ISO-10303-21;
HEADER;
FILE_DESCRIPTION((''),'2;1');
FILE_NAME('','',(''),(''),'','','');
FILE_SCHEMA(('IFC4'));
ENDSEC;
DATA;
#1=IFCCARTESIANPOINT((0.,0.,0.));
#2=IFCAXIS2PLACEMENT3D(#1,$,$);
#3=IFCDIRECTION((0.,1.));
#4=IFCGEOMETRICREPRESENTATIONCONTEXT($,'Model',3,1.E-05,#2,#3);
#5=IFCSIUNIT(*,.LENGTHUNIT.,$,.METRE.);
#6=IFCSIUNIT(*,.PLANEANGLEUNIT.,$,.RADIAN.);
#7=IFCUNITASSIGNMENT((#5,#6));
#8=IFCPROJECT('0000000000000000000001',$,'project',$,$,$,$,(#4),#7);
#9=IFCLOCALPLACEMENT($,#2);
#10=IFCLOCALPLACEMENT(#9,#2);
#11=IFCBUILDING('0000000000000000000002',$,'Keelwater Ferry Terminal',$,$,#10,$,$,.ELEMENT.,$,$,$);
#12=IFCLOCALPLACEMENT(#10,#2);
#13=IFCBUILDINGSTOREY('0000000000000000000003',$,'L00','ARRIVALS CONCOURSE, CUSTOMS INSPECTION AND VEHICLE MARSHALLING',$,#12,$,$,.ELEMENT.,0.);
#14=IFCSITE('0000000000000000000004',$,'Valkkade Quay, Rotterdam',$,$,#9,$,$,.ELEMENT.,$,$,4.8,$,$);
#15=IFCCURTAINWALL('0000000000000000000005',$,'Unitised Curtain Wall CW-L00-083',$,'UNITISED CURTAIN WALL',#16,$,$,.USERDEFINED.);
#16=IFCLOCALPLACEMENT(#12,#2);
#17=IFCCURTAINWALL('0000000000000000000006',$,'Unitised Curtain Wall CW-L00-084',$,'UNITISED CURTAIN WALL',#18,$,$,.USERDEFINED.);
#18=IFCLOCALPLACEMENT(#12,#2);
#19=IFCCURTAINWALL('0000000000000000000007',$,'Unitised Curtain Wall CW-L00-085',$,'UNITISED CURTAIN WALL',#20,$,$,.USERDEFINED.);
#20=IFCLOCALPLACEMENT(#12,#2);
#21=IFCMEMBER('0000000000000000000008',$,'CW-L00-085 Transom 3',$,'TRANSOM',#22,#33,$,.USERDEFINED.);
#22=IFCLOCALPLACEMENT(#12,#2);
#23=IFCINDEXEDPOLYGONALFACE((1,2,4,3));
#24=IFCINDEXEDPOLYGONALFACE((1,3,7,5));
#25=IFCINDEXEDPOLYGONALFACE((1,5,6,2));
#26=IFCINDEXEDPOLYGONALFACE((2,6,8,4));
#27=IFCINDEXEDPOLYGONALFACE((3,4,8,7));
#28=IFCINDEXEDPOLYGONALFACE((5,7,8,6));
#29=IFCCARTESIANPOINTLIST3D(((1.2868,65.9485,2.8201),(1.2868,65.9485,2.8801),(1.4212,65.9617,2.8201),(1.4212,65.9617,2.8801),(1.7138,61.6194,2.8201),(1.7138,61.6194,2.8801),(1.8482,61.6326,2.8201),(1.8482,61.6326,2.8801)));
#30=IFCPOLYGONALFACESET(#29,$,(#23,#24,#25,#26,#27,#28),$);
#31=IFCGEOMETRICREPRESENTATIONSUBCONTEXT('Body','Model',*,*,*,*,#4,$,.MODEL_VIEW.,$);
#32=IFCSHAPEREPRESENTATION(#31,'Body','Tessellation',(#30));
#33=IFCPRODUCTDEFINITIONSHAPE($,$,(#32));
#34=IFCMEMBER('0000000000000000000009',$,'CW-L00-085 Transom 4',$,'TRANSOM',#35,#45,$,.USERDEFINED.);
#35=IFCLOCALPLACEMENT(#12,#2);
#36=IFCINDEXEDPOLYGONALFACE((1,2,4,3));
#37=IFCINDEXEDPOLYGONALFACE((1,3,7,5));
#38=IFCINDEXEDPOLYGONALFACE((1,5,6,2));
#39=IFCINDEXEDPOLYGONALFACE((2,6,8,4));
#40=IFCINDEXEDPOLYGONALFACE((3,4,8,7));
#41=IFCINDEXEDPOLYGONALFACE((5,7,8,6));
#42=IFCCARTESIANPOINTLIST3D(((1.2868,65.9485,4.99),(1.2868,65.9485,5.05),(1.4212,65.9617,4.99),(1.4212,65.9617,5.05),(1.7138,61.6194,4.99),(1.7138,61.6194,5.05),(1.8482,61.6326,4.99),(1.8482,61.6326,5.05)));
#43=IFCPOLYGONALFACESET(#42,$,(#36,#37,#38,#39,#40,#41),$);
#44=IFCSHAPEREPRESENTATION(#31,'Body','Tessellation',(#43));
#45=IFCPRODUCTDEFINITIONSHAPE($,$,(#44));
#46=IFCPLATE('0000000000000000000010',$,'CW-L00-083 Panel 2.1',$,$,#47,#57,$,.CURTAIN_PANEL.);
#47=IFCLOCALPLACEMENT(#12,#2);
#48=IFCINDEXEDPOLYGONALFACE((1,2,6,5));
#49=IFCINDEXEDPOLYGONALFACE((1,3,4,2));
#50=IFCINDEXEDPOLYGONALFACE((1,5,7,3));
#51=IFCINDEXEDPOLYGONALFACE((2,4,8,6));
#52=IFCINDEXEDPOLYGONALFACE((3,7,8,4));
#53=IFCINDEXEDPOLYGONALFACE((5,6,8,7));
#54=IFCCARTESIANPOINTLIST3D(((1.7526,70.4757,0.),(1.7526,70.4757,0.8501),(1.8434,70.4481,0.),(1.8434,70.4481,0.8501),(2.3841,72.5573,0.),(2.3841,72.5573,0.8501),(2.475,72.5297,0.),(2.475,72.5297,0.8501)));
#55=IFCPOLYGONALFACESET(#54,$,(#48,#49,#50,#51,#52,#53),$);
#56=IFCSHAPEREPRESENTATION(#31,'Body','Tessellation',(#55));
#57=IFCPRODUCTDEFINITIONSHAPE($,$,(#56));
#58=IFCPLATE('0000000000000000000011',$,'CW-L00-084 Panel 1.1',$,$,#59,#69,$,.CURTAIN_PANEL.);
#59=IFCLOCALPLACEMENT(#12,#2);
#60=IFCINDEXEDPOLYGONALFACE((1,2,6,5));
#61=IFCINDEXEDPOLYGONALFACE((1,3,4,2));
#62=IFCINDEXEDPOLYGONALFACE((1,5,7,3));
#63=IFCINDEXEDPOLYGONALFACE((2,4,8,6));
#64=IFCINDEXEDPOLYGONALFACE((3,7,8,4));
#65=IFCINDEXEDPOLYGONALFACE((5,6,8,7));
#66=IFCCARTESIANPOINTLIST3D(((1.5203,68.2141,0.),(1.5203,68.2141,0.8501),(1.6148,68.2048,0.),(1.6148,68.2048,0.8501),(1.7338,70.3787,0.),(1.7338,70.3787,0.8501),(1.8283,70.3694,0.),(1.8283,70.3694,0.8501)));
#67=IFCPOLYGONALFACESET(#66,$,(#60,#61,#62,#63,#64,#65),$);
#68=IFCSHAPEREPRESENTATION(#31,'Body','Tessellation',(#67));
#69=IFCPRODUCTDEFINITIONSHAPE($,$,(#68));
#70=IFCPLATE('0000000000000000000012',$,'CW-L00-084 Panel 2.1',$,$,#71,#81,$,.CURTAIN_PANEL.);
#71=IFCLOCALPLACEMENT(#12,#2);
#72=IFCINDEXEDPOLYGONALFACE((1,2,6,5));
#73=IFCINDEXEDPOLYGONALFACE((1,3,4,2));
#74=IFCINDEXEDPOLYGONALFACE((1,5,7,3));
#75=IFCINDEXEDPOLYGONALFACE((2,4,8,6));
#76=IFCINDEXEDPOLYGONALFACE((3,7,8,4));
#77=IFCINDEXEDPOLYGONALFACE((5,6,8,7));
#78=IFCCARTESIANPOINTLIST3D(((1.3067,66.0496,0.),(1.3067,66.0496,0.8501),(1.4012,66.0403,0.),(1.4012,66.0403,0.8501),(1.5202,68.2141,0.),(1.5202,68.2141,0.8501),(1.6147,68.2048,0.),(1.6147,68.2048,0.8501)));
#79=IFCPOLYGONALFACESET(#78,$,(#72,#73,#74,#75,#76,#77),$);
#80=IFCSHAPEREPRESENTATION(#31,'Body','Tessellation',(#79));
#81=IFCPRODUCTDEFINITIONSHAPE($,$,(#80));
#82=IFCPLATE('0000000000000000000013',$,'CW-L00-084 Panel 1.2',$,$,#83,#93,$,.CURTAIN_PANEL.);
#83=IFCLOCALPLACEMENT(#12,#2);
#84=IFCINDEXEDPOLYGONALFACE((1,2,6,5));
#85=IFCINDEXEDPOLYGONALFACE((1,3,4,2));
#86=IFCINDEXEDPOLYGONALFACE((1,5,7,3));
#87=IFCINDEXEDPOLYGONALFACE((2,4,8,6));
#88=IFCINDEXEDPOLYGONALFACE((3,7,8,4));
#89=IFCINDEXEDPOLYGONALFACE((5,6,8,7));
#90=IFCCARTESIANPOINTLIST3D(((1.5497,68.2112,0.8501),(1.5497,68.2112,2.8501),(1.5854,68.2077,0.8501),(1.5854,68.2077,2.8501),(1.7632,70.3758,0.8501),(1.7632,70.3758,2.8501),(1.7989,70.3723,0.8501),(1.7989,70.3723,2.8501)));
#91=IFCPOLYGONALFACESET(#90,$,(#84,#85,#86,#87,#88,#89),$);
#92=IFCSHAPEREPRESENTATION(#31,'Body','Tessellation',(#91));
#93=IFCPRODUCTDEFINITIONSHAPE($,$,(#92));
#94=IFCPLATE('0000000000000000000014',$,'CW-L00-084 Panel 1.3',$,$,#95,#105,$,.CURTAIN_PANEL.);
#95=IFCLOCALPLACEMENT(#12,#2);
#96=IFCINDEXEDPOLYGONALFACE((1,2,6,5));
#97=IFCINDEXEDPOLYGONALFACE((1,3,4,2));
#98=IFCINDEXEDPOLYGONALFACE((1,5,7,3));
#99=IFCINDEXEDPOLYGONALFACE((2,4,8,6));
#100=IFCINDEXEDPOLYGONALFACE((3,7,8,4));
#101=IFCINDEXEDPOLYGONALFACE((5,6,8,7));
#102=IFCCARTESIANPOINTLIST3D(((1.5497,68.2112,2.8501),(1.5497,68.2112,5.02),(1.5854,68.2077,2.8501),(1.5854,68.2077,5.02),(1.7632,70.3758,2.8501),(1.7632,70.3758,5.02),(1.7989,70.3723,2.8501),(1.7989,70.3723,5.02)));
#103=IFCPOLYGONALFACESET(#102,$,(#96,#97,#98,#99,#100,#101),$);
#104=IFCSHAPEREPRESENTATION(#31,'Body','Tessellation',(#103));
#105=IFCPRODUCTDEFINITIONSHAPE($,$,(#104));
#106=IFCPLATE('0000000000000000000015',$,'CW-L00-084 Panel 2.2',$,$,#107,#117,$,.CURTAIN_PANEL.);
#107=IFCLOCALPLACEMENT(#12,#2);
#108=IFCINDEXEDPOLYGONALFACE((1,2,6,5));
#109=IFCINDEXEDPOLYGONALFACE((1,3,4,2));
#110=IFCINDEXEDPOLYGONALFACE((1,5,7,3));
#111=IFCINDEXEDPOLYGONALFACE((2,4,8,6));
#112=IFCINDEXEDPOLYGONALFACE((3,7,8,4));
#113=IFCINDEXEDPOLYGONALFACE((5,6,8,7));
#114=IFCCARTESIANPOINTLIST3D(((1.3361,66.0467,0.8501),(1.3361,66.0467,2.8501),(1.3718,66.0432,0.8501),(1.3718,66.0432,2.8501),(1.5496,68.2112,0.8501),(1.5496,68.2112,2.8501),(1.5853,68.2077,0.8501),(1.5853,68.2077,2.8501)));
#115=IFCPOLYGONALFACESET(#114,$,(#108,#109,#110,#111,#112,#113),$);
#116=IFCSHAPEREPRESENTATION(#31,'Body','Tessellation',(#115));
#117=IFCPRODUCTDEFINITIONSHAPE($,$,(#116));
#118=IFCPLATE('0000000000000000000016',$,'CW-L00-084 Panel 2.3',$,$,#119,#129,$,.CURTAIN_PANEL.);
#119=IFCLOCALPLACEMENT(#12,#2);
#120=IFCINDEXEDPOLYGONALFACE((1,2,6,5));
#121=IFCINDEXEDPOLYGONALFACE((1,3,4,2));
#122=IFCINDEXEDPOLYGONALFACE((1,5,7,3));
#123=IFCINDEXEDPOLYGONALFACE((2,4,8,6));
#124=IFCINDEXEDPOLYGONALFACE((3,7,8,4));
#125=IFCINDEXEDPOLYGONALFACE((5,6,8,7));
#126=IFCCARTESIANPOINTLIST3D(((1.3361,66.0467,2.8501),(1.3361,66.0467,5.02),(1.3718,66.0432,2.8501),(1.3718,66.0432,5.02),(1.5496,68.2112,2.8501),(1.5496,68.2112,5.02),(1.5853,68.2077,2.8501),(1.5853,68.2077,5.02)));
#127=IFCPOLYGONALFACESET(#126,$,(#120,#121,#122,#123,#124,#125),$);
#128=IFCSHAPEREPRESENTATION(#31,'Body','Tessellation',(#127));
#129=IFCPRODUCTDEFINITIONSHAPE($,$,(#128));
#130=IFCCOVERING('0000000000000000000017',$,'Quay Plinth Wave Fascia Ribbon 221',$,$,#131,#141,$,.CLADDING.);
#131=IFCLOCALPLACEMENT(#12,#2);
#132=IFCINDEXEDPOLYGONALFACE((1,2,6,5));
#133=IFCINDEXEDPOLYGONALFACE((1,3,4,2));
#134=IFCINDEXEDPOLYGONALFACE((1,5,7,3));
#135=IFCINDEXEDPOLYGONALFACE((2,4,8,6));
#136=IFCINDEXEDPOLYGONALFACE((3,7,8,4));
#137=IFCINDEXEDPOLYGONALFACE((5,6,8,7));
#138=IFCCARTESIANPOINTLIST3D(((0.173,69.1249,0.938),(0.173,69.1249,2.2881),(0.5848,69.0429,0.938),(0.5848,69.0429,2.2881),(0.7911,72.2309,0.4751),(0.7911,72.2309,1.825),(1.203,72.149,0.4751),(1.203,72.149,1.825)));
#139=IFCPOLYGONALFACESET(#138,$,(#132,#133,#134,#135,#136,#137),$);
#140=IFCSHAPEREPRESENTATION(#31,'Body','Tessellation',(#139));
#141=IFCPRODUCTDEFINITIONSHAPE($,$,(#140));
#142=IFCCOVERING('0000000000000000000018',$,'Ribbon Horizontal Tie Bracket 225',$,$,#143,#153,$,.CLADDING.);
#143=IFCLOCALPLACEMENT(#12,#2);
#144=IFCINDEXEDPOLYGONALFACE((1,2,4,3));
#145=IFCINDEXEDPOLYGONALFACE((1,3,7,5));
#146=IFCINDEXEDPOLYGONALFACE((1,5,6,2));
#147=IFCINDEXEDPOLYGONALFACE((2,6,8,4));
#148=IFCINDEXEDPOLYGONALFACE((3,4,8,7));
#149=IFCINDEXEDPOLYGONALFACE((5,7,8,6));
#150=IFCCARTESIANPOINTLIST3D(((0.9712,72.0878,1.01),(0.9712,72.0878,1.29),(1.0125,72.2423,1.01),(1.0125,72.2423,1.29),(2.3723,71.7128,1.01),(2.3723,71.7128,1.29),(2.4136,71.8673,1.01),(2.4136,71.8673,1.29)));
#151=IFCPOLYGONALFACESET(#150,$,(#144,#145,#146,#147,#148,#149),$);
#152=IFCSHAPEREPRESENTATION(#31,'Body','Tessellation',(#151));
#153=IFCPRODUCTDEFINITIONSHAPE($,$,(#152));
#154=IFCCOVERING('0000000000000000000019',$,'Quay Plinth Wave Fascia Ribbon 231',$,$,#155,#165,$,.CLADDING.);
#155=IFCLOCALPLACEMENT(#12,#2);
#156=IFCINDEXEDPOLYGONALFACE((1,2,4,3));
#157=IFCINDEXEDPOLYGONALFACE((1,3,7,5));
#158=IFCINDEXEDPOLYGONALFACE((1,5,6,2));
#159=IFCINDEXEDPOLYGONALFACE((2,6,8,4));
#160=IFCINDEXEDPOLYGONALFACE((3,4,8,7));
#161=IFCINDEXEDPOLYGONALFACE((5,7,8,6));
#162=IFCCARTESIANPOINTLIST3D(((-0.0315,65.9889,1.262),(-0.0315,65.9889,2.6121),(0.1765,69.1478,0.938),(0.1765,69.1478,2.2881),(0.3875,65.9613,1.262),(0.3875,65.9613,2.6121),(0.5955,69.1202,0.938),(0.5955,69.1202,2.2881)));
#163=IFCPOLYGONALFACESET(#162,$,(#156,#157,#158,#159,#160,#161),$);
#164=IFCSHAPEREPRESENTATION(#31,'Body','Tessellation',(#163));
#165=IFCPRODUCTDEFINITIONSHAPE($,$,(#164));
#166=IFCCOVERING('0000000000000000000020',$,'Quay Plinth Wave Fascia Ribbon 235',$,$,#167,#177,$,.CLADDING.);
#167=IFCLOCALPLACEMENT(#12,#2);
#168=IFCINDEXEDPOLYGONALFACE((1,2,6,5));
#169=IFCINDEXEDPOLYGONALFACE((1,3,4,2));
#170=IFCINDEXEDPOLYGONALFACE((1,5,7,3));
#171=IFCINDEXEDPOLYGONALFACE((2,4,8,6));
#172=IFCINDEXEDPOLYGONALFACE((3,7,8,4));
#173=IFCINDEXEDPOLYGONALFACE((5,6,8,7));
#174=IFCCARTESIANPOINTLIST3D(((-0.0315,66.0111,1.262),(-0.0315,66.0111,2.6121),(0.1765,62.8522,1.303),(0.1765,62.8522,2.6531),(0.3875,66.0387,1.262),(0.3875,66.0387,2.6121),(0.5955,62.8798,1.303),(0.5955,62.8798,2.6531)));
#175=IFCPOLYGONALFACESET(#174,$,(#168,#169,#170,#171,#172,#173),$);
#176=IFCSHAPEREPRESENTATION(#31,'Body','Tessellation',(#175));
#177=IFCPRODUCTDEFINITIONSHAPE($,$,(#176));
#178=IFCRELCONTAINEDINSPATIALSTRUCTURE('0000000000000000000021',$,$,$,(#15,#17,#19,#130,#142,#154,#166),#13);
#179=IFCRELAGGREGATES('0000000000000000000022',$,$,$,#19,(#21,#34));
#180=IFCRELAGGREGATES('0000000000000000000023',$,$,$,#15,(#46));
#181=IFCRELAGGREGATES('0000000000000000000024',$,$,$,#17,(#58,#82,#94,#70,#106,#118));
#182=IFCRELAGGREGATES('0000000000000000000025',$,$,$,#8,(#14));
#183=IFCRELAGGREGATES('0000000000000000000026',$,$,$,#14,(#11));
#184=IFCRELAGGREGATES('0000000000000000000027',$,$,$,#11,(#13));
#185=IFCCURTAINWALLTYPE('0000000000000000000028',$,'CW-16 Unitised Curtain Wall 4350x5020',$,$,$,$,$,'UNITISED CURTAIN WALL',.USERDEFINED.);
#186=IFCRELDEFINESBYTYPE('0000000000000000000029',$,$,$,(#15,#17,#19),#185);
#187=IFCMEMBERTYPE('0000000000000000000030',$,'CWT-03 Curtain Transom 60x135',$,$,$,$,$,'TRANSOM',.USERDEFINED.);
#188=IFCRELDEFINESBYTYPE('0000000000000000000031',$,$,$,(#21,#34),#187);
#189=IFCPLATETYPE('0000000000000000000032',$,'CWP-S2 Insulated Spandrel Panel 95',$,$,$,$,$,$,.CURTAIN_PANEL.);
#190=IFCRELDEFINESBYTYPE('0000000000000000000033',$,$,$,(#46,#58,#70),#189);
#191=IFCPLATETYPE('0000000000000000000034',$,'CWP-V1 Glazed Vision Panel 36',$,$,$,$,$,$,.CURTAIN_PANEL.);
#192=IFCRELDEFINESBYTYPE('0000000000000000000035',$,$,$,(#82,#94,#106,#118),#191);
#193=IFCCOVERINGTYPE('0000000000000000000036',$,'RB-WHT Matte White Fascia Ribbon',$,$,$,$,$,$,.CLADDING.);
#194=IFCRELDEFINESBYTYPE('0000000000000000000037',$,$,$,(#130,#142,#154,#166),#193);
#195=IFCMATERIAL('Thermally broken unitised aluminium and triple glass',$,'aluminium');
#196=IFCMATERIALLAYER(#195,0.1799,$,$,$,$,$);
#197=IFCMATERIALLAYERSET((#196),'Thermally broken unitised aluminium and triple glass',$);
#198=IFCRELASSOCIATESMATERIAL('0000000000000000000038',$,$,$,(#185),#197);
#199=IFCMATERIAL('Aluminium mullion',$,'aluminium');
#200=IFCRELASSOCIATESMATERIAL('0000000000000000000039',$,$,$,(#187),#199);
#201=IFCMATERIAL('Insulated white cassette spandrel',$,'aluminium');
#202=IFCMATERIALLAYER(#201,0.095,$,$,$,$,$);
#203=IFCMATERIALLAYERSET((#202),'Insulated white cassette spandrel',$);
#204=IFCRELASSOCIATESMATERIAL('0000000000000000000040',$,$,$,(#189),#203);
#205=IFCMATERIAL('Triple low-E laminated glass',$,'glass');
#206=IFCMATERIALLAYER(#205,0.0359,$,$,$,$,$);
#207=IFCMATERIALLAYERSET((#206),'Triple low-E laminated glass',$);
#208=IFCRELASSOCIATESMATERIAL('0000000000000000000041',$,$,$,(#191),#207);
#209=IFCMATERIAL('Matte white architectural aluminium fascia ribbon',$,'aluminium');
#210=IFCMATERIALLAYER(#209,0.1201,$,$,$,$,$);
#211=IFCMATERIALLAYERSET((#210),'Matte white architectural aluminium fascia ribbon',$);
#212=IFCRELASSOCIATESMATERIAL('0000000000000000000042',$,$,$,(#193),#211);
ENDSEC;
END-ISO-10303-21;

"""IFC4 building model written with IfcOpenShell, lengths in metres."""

from ifc_helpers import new_model, si_unit, direction, frame, frame_2d, origin, origin_2d, place, context, subcontext, project, spatial, polyline, rectangle, outline, extrude, material, layer, layer_set, material_profile, profile_set, type_object, element, aggregate, save


model = new_model("IFC4")

# Units and contexts
model_context = context("Model", 3, precision=1e-05, world=origin(), true_north=direction((0.0, 1.0)))
body_context = subcontext(model_context, "Body", "Model", "MODEL_VIEW")
ifc_project = project(units=[si_unit("LENGTHUNIT", "METRE"), si_unit("PLANEANGLEUNIT", "RADIAN")], contexts=[model_context])

# Site, building, storey
site_placement = place(None, origin())
site = spatial("IfcSite", under=ifc_project, at=site_placement, Name="Valkkade Quay, Rotterdam", CompositionType="ELEMENT", RefElevation=4.8)
building_placement = place(site_placement, origin())
building = spatial("IfcBuilding", under=site, at=building_placement, Name="Keelwater Ferry Terminal", CompositionType="ELEMENT")
storey_placement = place(building_placement, origin())
storey = spatial("IfcBuildingStorey", under=building, at=storey_placement, Name="L00", Description="ARRIVALS CONCOURSE, CUSTOMS INSPECTION AND VEHICLE MARSHALLING", CompositionType="ELEMENT", Elevation=0.0)

# Curtain wall
ifc_material_1 = material(Name="Thermally broken unitised aluminium and triple glass", Category="aluminium")
ifc_layer_1 = layer(ifc_material_1, 0.1799)
ifc_layer_set_1 = layer_set([ifc_layer_1], Name="Thermally broken unitised aluminium and triple glass")
curtain_wall_type = type_object("IfcCurtainWallType", Name="CW-16 Unitised Curtain Wall 4350x5020", ElementType="UNITISED CURTAIN WALL", PredefinedType="USERDEFINED", material=ifc_layer_set_1)
curtain_wall_1_placement = place(storey_placement, origin())
curtain_wall_1 = element("IfcCurtainWall", 1, at=curtain_wall_1_placement, inside=storey, type_object=curtain_wall_type, Name="Unitised Curtain Wall CW-L00-083", ObjectType="UNITISED CURTAIN WALL", PredefinedType="USERDEFINED")

# Curtain wall
curtain_wall_2_placement = place(storey_placement, origin())
curtain_wall_2 = element("IfcCurtainWall", 2, at=curtain_wall_2_placement, inside=storey, type_object=curtain_wall_type, Name="Unitised Curtain Wall CW-L00-084", ObjectType="UNITISED CURTAIN WALL", PredefinedType="USERDEFINED")

# Curtain wall
curtain_wall_3_placement = place(storey_placement, origin())
curtain_wall_3 = element("IfcCurtainWall", 3, at=curtain_wall_3_placement, inside=storey, type_object=curtain_wall_type, Name="Unitised Curtain Wall CW-L00-085", ObjectType="UNITISED CURTAIN WALL", PredefinedType="USERDEFINED")

# Members
ifc_material_2 = material(Name="Aluminium mullion", Category="aluminium")
ifc_material_profile_1 = material_profile(ifc_material_2, rectangle(XDim=0.135, YDim=0.0601, at=origin_2d()), Name="CWT-03")
ifc_profile_set_1 = profile_set([ifc_material_profile_1], Name="Aluminium mullion")
member_type_1 = type_object("IfcMemberType", Name="CWT-03 Curtain Transom 60x135", ElementType="TRANSOM", PredefinedType="USERDEFINED", material=ifc_profile_set_1)
member_1_placement = place(storey_placement, frame((1.354, 65.9551, 2.8501), z_axis=(0.098159, -0.995171, 0.0), x_axis=(0.995171, 0.098159, 0.0)))
member_1 = element("IfcMember", 4, at=member_1_placement, type_object=member_type_1, Name="CW-L00-085 Transom 3", ObjectType="TRANSOM", PredefinedType="USERDEFINED", context=body_context, shape_type="SweptSolid", body=[
    extrude(rectangle(XDim=0.135, YDim=0.0601, at=origin_2d()), origin(), (0.0, 0.0, 1.0), 4.3501),
])
member_2_placement = place(storey_placement, frame((1.354, 65.9551, 5.02), z_axis=(0.098159, -0.995171, 0.0), x_axis=(0.995171, 0.098159, 0.0)))
member_2 = element("IfcMember", 5, at=member_2_placement, type_object=member_type_1, Name="CW-L00-085 Transom 4", ObjectType="TRANSOM", PredefinedType="USERDEFINED", context=body_context, shape_type="SweptSolid", body=[
    extrude(rectangle(XDim=0.135, YDim=0.0601, at=origin_2d()), origin(), (0.0, 0.0, 1.0), 4.3501),
])
aggregate(curtain_wall_3, [member_1, member_2])

# Plates
ifc_material_3 = material(Name="Insulated white cassette spandrel", Category="aluminium")
ifc_layer_2 = layer(ifc_material_3, 0.095)
ifc_layer_set_2 = layer_set([ifc_layer_2], Name="Insulated white cassette spandrel")
plate_type_1 = type_object("IfcPlateType", Name="CWP-S2 Insulated Spandrel Panel 95", PredefinedType="CURTAIN_PANEL", material=ifc_layer_set_2)
plate_1_placement = place(storey_placement, frame((2.1138, 71.5027, 0.0), z_axis=(0.0, 0.0, 1.0), x_axis=(-0.29032, -0.95693, 0.0)))
plate_1 = element("IfcPlate", 6, at=plate_1_placement, type_object=plate_type_1, Name="CW-L00-083 Panel 2.1", PredefinedType="CURTAIN_PANEL", context=body_context, shape_type="SweptSolid", body=[
    extrude(rectangle(XDim=2.1753, YDim=0.095, at=origin_2d()), origin(), (0.0, 0.0, 1.0), 0.8501),
])
aggregate(curtain_wall_1, [plate_1])
plate_2_placement = place(storey_placement, frame((1.6743, 69.2917, 0.0), z_axis=(0.0, 0.0, 1.0), x_axis=(-0.098161, -0.995171, 0.0)))
plate_2 = element("IfcPlate", 7, at=plate_2_placement, type_object=plate_type_1, Name="CW-L00-084 Panel 1.1", PredefinedType="CURTAIN_PANEL", context=body_context, shape_type="SweptSolid", body=[
    extrude(rectangle(XDim=2.175, YDim=0.095, at=origin_2d()), origin(), (0.0, 0.0, 1.0), 0.8501),
])
plate_3_placement = place(storey_placement, frame((1.4607, 67.1272, 0.0), z_axis=(0.0, 0.0, 1.0), x_axis=(-0.098161, -0.995171, 0.0)))
plate_3 = element("IfcPlate", 8, at=plate_3_placement, type_object=plate_type_1, Name="CW-L00-084 Panel 2.1", PredefinedType="CURTAIN_PANEL", context=body_context, shape_type="SweptSolid", body=[
    extrude(rectangle(XDim=2.175, YDim=0.095, at=origin_2d()), origin(), (0.0, 0.0, 1.0), 0.8501),
])
ifc_material_4 = material(Name="Triple low-E laminated glass", Category="glass")
ifc_layer_3 = layer(ifc_material_4, 0.0359)
ifc_layer_set_3 = layer_set([ifc_layer_3], Name="Triple low-E laminated glass")
plate_type_2 = type_object("IfcPlateType", Name="CWP-V1 Glazed Vision Panel 36", PredefinedType="CURTAIN_PANEL", material=ifc_layer_set_3)
plate_4_placement = place(storey_placement, frame((1.6743, 69.2917, 0.8501), z_axis=(0.0, 0.0, 1.0), x_axis=(-0.098161, -0.995171, 0.0)))
plate_4 = element("IfcPlate", 9, at=plate_4_placement, type_object=plate_type_2, Name="CW-L00-084 Panel 1.2", PredefinedType="CURTAIN_PANEL", context=body_context, shape_type="SweptSolid", body=[
    extrude(rectangle(XDim=2.175, YDim=0.0359, at=origin_2d()), origin(), (0.0, 0.0, 1.0), 2.0),
])
plate_5_placement = place(storey_placement, frame((1.6743, 69.2917, 2.8501), z_axis=(0.0, 0.0, 1.0), x_axis=(-0.098161, -0.995171, 0.0)))
plate_5 = element("IfcPlate", 10, at=plate_5_placement, type_object=plate_type_2, Name="CW-L00-084 Panel 1.3", PredefinedType="CURTAIN_PANEL", context=body_context, shape_type="SweptSolid", body=[
    extrude(rectangle(XDim=2.175, YDim=0.0359, at=origin_2d()), origin(), (0.0, 0.0, 1.0), 2.1699),
])
plate_6_placement = place(storey_placement, frame((1.4607, 67.1272, 0.8501), z_axis=(0.0, 0.0, 1.0), x_axis=(-0.098161, -0.995171, 0.0)))
plate_6 = element("IfcPlate", 11, at=plate_6_placement, type_object=plate_type_2, Name="CW-L00-084 Panel 2.2", PredefinedType="CURTAIN_PANEL", context=body_context, shape_type="SweptSolid", body=[
    extrude(rectangle(XDim=2.175, YDim=0.0359, at=origin_2d()), origin(), (0.0, 0.0, 1.0), 2.0),
])
plate_7_placement = place(storey_placement, frame((1.4607, 67.1272, 2.8501), z_axis=(0.0, 0.0, 1.0), x_axis=(-0.098161, -0.995171, 0.0)))
plate_7 = element("IfcPlate", 12, at=plate_7_placement, type_object=plate_type_2, Name="CW-L00-084 Panel 2.3", PredefinedType="CURTAIN_PANEL", context=body_context, shape_type="SweptSolid", body=[
    extrude(rectangle(XDim=2.175, YDim=0.0359, at=origin_2d()), origin(), (0.0, 0.0, 1.0), 2.1699),
])
aggregate(curtain_wall_2, [plate_2, plate_4, plate_5, plate_3, plate_6, plate_7])

# Coverings
ifc_material_5 = material(Name="Matte white architectural aluminium fascia ribbon", Category="aluminium")
ifc_layer_4 = layer(ifc_material_5, 0.1201)
ifc_layer_set_4 = layer_set([ifc_layer_4], Name="Matte white architectural aluminium fascia ribbon")
covering_type = type_object("IfcCoveringType", Name="RB-WHT Matte White Fascia Ribbon", PredefinedType="CLADDING", material=ifc_layer_set_4)
covering_1_placement = place(storey_placement, frame((0.9971, 72.1899, 0.4751), z_axis=(0.0, 0.0, 1.0), x_axis=(-0.195197, -0.980764, 0.0)))
element("IfcCovering", 13, at=covering_1_placement, inside=storey, type_object=covering_type, Name="Quay Plinth Wave Fascia Ribbon 221", PredefinedType="CLADDING", context=body_context, shape_type="SweptSolid", body=[
    extrude(outline(polyline([(0.0, 0.0), (3.167, 0.4629), (3.167, 1.813), (0.0, 1.3499), (0.0, 0.0)])), frame((0.0, 0.21, 0.0), z_axis=(0.0, -1.0, 0.0), x_axis=(1.0, 0.0, 0.0)), (0.0, 0.0, 1.0), 0.4199),
])
covering_2_placement = place(storey_placement, frame((0.9919, 72.165, 1.01), z_axis=(0.0, 0.0, 1.0), x_axis=(0.966, -0.258543, 0.0)))
element("IfcCovering", 14, at=covering_2_placement, inside=storey, type_object=covering_type, Name="Ribbon Horizontal Tie Bracket 225", PredefinedType="CLADDING", context=body_context, shape_type="SweptSolid", body=[
    extrude(rectangle(XDim=1.4504, YDim=0.1599, at=frame_2d((0.7251, 0.0))), origin(), (0.0, 0.0, 1.0), 0.28),
])
covering_3_placement = place(storey_placement, frame((0.386, 69.134, 0.938), z_axis=(0.0, 0.0, 1.0), x_axis=(-0.065705, -0.997839, 0.0)))
element("IfcCovering", 15, at=covering_3_placement, inside=storey, type_object=covering_type, Name="Quay Plinth Wave Fascia Ribbon 231", PredefinedType="CLADDING", context=body_context, shape_type="SweptSolid", body=[
    extrude(outline(polyline([(0.0, 0.0), (3.1658, 0.324), (3.1658, 1.6741), (0.0, 1.3501), (0.0, 0.0)])), frame((0.0, 0.21, 0.0), z_axis=(0.0, -1.0, 0.0), x_axis=(1.0, 0.0, 0.0)), (0.0, 0.0, 1.0), 0.4199),
])
covering_4_placement = place(storey_placement, frame((0.178, 66.0249, 1.262), z_axis=(0.0, 0.0, 1.0), x_axis=(0.065705, -0.997839, 0.0)))
element("IfcCovering", 16, at=covering_4_placement, inside=storey, type_object=covering_type, Name="Quay Plinth Wave Fascia Ribbon 235", PredefinedType="CLADDING", context=body_context, shape_type="SweptSolid", body=[
    extrude(outline(polyline([(0.0, 0.0), (3.1658, 0.041), (3.1658, 1.3911), (0.0, 1.3501), (0.0, 0.0)])), frame((0.0, 0.21, 0.0), z_axis=(0.0, -1.0, 0.0), x_axis=(1.0, 0.0, 0.0)), (0.0, 0.0, 1.0), 0.4199),
])

save(model, "model.ifc")
